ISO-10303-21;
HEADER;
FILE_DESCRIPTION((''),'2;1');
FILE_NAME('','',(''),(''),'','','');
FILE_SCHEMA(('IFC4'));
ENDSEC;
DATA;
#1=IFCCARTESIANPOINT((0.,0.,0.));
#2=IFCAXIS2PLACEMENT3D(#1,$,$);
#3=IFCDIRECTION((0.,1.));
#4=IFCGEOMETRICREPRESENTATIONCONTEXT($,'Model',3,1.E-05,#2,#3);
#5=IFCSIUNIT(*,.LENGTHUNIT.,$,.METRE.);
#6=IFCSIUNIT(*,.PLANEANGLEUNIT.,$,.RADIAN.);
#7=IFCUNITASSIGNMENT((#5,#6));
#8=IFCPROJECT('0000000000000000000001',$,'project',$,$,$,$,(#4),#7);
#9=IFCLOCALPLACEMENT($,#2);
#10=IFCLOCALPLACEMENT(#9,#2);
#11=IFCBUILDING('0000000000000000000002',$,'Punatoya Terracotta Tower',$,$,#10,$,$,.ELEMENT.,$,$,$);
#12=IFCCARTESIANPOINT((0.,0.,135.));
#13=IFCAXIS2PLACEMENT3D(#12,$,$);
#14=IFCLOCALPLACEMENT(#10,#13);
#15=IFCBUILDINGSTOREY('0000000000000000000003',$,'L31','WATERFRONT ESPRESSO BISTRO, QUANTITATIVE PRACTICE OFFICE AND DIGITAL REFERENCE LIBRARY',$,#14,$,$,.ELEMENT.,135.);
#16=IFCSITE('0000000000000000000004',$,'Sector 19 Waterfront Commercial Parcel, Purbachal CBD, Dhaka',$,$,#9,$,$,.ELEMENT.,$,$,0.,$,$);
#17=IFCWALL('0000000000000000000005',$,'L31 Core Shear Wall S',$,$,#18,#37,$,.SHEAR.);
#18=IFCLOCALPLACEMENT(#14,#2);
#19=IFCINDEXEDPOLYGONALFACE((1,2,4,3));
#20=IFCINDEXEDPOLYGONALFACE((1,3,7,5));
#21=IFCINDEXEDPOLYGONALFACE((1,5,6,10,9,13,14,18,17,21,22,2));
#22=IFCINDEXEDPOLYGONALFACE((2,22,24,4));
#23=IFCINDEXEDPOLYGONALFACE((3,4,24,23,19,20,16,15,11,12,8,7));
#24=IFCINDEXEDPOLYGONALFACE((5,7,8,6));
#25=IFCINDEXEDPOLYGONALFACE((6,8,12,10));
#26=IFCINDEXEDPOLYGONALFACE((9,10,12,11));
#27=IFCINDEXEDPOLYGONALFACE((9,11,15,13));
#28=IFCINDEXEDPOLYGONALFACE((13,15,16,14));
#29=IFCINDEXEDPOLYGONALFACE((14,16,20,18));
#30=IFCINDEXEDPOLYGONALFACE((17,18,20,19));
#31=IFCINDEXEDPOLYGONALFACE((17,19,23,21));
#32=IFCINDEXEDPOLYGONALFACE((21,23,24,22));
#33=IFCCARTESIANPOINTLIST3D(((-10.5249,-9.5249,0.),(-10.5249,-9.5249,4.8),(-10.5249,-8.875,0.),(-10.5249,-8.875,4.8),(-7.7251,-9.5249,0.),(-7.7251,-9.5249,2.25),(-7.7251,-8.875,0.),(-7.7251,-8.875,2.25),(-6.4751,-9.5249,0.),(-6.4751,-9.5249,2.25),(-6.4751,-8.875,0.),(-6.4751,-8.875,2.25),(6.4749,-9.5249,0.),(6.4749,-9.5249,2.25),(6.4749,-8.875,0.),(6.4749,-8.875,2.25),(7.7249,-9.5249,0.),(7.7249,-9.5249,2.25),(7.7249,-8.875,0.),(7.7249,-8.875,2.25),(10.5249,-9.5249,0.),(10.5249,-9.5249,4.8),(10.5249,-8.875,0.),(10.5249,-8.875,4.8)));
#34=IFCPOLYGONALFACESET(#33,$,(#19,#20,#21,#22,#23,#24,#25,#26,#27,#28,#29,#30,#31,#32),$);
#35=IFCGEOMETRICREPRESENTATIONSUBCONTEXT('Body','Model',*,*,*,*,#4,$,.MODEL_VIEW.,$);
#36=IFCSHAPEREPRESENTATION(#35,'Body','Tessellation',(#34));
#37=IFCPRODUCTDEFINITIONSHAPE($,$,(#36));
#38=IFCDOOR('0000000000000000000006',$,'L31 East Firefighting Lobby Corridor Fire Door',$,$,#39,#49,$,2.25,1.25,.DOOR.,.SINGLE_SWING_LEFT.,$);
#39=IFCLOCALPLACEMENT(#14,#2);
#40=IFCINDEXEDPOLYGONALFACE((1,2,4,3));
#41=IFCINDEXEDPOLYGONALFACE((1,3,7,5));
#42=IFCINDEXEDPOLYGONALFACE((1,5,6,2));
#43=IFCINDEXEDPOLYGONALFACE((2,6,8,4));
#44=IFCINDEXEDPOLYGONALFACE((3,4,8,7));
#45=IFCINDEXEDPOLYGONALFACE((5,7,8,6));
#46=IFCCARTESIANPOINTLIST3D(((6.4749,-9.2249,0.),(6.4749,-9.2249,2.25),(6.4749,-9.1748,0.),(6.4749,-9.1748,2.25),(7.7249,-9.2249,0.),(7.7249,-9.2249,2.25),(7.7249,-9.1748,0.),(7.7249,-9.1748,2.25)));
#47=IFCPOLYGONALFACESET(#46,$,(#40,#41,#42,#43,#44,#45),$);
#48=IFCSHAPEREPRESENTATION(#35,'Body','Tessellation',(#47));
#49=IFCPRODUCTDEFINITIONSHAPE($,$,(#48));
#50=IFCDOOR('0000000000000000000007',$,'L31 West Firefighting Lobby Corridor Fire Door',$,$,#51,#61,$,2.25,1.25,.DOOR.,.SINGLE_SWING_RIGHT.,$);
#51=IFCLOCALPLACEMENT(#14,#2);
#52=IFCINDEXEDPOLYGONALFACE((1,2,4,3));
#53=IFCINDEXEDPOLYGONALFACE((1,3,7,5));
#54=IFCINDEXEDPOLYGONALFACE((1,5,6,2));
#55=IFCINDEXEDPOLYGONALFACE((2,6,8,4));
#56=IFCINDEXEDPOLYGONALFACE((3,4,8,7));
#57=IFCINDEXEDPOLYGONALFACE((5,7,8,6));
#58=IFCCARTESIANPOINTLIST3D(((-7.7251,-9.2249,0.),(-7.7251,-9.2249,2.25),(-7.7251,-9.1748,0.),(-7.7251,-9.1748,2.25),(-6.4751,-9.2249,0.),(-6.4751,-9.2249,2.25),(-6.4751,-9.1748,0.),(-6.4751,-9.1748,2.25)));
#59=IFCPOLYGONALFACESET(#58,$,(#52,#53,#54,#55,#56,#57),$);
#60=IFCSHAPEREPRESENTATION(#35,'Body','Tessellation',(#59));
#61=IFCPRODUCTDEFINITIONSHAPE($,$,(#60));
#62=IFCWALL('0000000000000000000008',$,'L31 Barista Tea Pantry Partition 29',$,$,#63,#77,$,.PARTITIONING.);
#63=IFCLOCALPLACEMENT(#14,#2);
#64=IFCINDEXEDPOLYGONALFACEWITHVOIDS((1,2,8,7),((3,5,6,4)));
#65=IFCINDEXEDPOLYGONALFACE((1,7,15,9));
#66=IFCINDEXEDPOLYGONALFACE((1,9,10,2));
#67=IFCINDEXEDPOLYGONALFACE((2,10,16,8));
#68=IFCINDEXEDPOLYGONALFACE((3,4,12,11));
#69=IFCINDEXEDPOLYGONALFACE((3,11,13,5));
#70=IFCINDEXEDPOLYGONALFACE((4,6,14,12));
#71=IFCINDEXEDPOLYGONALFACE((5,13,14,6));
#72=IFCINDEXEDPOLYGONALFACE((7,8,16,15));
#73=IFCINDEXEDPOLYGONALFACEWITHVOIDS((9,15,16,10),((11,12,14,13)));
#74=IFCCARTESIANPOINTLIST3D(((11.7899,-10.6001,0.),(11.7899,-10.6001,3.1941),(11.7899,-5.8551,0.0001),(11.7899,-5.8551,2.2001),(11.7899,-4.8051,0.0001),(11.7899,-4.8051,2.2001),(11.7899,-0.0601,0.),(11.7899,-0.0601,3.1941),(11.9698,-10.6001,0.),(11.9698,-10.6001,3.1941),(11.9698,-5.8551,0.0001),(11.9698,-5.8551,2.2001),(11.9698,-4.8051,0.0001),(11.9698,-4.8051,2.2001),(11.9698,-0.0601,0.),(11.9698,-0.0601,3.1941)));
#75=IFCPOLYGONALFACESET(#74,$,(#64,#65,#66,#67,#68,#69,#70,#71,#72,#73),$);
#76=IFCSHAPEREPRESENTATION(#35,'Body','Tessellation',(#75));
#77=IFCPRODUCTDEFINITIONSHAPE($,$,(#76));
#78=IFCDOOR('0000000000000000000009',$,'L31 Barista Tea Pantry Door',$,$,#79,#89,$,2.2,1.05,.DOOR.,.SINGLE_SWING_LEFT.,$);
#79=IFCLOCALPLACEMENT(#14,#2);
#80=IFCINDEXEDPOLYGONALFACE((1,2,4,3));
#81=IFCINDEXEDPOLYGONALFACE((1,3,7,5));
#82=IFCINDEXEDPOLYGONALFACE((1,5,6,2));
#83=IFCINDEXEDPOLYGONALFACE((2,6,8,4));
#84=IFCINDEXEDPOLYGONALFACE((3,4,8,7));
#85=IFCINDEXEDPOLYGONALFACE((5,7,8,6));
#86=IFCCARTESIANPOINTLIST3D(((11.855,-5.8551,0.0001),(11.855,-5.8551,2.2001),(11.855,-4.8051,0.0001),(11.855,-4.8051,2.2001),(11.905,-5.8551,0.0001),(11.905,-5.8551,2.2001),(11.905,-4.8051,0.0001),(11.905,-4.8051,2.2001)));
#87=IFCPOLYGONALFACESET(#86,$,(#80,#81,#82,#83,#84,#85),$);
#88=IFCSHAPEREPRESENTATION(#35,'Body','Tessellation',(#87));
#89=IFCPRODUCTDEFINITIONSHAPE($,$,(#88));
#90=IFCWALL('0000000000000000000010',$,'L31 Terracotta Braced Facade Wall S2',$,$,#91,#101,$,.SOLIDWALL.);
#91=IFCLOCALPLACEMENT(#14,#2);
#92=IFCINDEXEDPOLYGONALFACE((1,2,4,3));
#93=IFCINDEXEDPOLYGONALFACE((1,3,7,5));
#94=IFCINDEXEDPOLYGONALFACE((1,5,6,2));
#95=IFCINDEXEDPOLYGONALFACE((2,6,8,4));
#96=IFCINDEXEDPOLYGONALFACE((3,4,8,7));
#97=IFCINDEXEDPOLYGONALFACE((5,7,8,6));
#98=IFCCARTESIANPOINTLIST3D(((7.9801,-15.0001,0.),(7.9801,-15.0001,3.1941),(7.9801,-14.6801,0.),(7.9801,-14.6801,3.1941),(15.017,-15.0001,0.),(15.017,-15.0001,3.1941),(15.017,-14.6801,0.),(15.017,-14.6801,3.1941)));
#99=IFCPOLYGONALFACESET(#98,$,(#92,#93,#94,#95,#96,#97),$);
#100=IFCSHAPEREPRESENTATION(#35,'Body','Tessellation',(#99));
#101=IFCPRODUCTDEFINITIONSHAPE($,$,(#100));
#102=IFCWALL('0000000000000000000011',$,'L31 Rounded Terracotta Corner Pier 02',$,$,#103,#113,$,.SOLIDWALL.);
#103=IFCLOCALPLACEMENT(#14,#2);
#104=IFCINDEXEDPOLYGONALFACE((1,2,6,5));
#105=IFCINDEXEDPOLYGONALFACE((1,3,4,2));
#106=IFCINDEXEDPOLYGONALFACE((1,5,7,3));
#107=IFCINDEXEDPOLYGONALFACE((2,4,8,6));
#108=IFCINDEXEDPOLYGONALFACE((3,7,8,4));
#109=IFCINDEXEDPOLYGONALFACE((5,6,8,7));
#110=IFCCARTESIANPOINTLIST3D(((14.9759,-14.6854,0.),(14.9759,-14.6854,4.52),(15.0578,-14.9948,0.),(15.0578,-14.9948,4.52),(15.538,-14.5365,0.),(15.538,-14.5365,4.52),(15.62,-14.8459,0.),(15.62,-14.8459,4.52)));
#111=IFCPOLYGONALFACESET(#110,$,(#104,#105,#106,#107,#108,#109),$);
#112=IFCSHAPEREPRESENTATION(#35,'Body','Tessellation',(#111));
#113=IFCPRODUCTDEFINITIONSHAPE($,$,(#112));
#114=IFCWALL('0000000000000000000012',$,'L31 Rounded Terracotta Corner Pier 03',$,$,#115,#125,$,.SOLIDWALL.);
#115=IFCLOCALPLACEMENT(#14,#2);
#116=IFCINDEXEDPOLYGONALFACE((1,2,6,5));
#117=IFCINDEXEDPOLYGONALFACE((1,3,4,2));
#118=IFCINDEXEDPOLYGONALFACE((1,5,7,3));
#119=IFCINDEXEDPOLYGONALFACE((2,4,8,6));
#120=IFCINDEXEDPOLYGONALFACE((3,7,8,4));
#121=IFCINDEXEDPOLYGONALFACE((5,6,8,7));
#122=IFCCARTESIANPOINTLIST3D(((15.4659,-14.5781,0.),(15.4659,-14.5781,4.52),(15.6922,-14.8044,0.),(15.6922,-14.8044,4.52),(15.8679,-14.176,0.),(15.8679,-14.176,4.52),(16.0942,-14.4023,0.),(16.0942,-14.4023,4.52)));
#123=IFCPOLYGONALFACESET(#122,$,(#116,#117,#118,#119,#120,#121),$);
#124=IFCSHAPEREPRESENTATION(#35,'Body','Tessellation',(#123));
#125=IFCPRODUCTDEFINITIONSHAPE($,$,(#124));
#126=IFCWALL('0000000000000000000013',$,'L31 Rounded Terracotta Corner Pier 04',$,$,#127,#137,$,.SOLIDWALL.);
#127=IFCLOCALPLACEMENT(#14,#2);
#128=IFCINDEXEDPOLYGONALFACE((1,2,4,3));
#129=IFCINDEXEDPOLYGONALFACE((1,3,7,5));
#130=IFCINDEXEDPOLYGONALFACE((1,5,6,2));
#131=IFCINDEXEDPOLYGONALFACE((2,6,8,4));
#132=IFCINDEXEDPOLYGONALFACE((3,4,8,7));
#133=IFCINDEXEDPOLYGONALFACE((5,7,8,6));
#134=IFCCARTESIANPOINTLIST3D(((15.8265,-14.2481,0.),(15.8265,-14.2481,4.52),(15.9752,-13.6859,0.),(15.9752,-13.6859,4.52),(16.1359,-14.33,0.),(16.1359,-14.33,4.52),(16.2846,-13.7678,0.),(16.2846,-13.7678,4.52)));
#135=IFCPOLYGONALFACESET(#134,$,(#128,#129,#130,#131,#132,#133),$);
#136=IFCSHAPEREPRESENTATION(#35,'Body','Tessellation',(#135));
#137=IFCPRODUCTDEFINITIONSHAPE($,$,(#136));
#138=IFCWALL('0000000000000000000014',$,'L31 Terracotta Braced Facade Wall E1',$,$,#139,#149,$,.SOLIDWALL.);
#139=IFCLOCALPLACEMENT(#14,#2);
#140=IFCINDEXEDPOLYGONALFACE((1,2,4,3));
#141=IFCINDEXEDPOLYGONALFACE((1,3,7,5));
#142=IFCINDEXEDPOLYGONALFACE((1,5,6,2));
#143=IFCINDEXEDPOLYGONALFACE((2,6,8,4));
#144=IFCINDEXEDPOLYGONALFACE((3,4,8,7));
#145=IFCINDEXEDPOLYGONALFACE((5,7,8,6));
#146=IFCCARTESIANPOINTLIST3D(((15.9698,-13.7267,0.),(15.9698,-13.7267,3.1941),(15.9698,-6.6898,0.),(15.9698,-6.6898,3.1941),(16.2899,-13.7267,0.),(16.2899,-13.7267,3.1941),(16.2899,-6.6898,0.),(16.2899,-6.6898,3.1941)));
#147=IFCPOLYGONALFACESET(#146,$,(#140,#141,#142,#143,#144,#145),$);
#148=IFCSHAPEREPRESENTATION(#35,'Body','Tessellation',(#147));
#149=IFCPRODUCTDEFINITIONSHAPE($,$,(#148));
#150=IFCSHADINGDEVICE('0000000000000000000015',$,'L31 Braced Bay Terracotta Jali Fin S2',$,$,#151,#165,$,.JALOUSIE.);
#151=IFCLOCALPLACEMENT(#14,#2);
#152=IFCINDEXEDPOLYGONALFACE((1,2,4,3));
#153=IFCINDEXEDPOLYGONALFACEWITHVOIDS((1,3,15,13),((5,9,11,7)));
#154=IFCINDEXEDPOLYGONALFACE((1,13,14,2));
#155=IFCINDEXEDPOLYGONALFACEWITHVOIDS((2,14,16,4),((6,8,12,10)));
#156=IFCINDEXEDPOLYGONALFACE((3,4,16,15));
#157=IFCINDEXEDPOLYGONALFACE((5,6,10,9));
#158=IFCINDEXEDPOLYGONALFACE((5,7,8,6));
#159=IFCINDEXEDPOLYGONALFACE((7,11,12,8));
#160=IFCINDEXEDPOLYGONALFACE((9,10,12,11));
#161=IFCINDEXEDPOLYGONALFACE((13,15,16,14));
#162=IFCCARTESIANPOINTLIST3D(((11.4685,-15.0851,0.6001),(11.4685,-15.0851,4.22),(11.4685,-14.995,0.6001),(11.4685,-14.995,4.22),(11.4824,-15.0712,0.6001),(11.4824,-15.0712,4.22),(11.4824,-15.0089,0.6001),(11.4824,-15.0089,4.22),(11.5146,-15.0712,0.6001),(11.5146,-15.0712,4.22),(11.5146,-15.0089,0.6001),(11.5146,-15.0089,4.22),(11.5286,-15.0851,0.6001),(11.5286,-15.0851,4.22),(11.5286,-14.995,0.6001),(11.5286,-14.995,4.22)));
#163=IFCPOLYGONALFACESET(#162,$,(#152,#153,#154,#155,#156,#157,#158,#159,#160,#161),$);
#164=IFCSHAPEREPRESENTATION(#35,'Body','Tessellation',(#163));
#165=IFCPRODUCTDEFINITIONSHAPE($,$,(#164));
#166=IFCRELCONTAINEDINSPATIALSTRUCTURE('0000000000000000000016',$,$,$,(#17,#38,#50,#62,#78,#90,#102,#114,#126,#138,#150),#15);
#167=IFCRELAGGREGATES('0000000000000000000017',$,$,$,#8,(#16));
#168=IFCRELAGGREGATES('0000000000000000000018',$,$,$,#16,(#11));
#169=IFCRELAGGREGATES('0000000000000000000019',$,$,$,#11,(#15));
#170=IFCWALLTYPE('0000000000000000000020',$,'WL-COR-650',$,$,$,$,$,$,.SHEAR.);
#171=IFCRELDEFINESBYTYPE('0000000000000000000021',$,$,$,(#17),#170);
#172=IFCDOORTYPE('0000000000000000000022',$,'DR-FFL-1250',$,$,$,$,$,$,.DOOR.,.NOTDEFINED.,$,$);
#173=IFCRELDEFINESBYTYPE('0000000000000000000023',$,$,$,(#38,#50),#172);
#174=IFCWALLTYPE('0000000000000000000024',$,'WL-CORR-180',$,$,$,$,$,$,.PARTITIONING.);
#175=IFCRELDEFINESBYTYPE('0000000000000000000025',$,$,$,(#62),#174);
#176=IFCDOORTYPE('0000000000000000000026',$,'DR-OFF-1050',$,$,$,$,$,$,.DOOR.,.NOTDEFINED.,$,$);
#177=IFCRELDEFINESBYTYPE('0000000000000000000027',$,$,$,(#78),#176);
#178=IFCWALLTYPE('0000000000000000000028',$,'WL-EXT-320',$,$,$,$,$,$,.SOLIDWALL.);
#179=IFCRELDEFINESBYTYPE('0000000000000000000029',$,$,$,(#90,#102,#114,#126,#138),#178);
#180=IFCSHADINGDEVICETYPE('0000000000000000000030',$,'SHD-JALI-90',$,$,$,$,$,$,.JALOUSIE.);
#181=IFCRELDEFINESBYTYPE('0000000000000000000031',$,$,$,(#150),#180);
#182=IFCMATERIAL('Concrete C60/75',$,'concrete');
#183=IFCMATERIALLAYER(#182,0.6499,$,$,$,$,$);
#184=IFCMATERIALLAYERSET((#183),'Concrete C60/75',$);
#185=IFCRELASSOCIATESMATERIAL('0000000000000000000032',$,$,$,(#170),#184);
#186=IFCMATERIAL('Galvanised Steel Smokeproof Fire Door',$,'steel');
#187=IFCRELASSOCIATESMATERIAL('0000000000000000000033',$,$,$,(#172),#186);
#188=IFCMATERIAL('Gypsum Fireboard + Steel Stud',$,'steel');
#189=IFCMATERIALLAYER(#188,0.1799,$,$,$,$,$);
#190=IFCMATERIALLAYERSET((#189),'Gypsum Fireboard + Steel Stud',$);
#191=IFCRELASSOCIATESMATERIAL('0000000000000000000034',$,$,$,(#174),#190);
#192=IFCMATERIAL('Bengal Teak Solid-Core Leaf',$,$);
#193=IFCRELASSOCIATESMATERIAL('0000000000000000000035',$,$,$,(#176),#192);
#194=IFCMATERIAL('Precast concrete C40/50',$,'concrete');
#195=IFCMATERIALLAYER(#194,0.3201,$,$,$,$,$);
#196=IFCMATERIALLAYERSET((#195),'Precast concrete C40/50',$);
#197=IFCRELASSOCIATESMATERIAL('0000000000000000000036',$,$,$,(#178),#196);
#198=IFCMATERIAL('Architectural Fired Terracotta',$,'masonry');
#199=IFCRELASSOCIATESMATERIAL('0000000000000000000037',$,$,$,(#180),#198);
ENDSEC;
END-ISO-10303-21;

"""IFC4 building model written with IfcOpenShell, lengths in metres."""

from ifc_helpers import new_model, si_unit, direction, frame, frame_2d, origin, origin_2d, place, context, subcontext, project, spatial, rectangle, hollow_rectangle, extrude, material, layer, layer_set, material_profile, profile_set, type_object, element, fill, save


model = new_model("IFC4")

# Units and contexts
model_context = context("Model", 3, precision=1e-05, world=origin(), true_north=direction((0.0, 1.0)))
body_context = subcontext(model_context, "Body", "Model", "MODEL_VIEW")
ifc_project = project(units=[si_unit("LENGTHUNIT", "METRE"), si_unit("PLANEANGLEUNIT", "RADIAN")], contexts=[model_context])

# Site, building, storey
site_placement = place(None, origin())
site = spatial("IfcSite", under=ifc_project, at=site_placement, Name="Sector 19 Waterfront Commercial Parcel, Purbachal CBD, Dhaka", CompositionType="ELEMENT", RefElevation=0.0)
building_placement = place(site_placement, origin())
building = spatial("IfcBuilding", under=site, at=building_placement, Name="Punatoya Terracotta Tower", CompositionType="ELEMENT")
storey_placement = place(building_placement, frame((0.0, 0.0, 135.0)))
storey = spatial("IfcBuildingStorey", under=building, at=storey_placement, Name="L31", Description="WATERFRONT ESPRESSO BISTRO, QUANTITATIVE PRACTICE OFFICE AND DIGITAL REFERENCE LIBRARY", CompositionType="ELEMENT", Elevation=135.0)

# Wall, openings, doors
ifc_material_1 = material(Name="Concrete C60/75", Category="concrete")
ifc_layer_1 = layer(ifc_material_1, 0.6499)
ifc_layer_set_1 = layer_set([ifc_layer_1], Name="Concrete C60/75")
wall_type_1 = type_object("IfcWallType", Name="WL-COR-650", PredefinedType="SHEAR", material=ifc_layer_set_1)
wall_1_placement = place(storey_placement, frame((10.5249, -9.2, 0.0), z_axis=(0.0, 0.0, 1.0), x_axis=(-1.0, 0.0, 0.0)))
wall_1 = element("IfcWall", 1, at=wall_1_placement, inside=storey, type_object=wall_type_1, Name="L31 Core Shear Wall S", PredefinedType="SHEAR", context=body_context, shape_type="SweptSolid", body=[
    extrude(rectangle(XDim=21.0498, YDim=0.6499, at=frame_2d((10.5249, 0.0))), origin(), (0.0, 0.0, 1.0), 4.8),
])
opening_1_placement = place(wall_1_placement, frame((2.8, 0.0, 0.0)))
opening_1 = element("IfcOpeningElement", 2, at=opening_1_placement, cuts=wall_1, PredefinedType="OPENING", context=body_context, shape_type="SweptSolid", body=[
    extrude(rectangle(XDim=1.25, YDim=2.25, at=frame_2d((0.625, 1.125))), frame((0.0, 0.335, 0.0), z_axis=(0.0, -1.0, 0.0), x_axis=(1.0, 0.0, 0.0)), (0.0, 0.0, 1.0), 0.6699),
])
opening_2_placement = place(wall_1_placement, frame((17.0, 0.0, 0.0)))
opening_2 = element("IfcOpeningElement", 3, at=opening_2_placement, cuts=wall_1, PredefinedType="OPENING", context=body_context, shape_type="SweptSolid", body=[
    extrude(rectangle(XDim=1.25, YDim=2.25, at=frame_2d((0.625, 1.125))), frame((0.0, 0.335, 0.0), z_axis=(0.0, -1.0, 0.0), x_axis=(1.0, 0.0, 0.0)), (0.0, 0.0, 1.0), 0.6699),
])
ifc_material_2 = material(Name="Galvanised Steel Smokeproof Fire Door", Category="steel")
door_type_1 = type_object("IfcDoorType", Name="DR-FFL-1250", OperationType="NOTDEFINED", PredefinedType="DOOR", material=ifc_material_2)
door_1_placement = place(opening_1_placement, origin())
door_1 = element("IfcDoor", 4, at=door_1_placement, inside=storey, type_object=door_type_1, Name="L31 East Firefighting Lobby Corridor Fire Door", OperationType="SINGLE_SWING_LEFT", OverallHeight=2.25, OverallWidth=1.25, PredefinedType="DOOR", context=body_context, shape_type="SweptSolid", body=[
    extrude(rectangle(XDim=1.25, YDim=2.25, at=frame_2d((0.625, 1.125))), frame((0.0, 0.0249, 0.0), z_axis=(0.0, -1.0, 0.0), x_axis=(1.0, 0.0, 0.0)), (0.0, 0.0, 1.0), 0.05),
])
fill(opening_1, door_1)
door_2_placement = place(opening_2_placement, origin())
door_2 = element("IfcDoor", 5, at=door_2_placement, inside=storey, type_object=door_type_1, Name="L31 West Firefighting Lobby Corridor Fire Door", OperationType="SINGLE_SWING_RIGHT", OverallHeight=2.25, OverallWidth=1.25, PredefinedType="DOOR", context=body_context, shape_type="SweptSolid", body=[
    extrude(rectangle(XDim=1.25, YDim=2.25, at=frame_2d((0.625, 1.125))), frame((0.0, 0.0249, 0.0), z_axis=(0.0, -1.0, 0.0), x_axis=(1.0, 0.0, 0.0)), (0.0, 0.0, 1.0), 0.05),
])
fill(opening_2, door_2)

# Wall, opening, door
ifc_material_3 = material(Name="Gypsum Fireboard + Steel Stud", Category="steel")
ifc_layer_2 = layer(ifc_material_3, 0.1799)
ifc_layer_set_2 = layer_set([ifc_layer_2], Name="Gypsum Fireboard + Steel Stud")
wall_type_2 = type_object("IfcWallType", Name="WL-CORR-180", PredefinedType="PARTITIONING", material=ifc_layer_set_2)
wall_2_placement = place(storey_placement, frame((11.8799, -10.6001, 0.0), z_axis=(0.0, 0.0, 1.0), x_axis=(0.0, 1.0, 0.0)))
wall_2 = element("IfcWall", 6, at=wall_2_placement, inside=storey, type_object=wall_type_2, Name="L31 Barista Tea Pantry Partition 29", PredefinedType="PARTITIONING", context=body_context, shape_type="SweptSolid", body=[
    extrude(rectangle(XDim=10.54, YDim=0.1799, at=frame_2d((5.27, 0.0))), origin(), (0.0, 0.0, 1.0), 3.1941),
])
opening_3_placement = place(wall_2_placement, frame((4.7451, 0.0, 0.0)))
opening_3 = element("IfcOpeningElement", 7, at=opening_3_placement, cuts=wall_2, PredefinedType="OPENING", context=body_context, shape_type="SweptSolid", body=[
    extrude(rectangle(XDim=1.05, YDim=2.2, at=frame_2d((0.5249, 1.1001))), frame((0.0, 0.0999, 0.0), z_axis=(0.0, -1.0, 0.0), x_axis=(1.0, 0.0, 0.0)), (0.0, 0.0, 1.0), 0.2),
])
ifc_material_4 = material(Name="Bengal Teak Solid-Core Leaf")
door_type_2 = type_object("IfcDoorType", Name="DR-OFF-1050", OperationType="NOTDEFINED", PredefinedType="DOOR", material=ifc_material_4)
door_3_placement = place(opening_3_placement, origin())
door_3 = element("IfcDoor", 8, at=door_3_placement, inside=storey, type_object=door_type_2, Name="L31 Barista Tea Pantry Door", OperationType="SINGLE_SWING_LEFT", OverallHeight=2.2, OverallWidth=1.05, PredefinedType="DOOR", context=body_context, shape_type="SweptSolid", body=[
    extrude(rectangle(XDim=1.05, YDim=2.2, at=frame_2d((0.5249, 1.1001))), frame((0.0, 0.0249, 0.0), z_axis=(0.0, -1.0, 0.0), x_axis=(1.0, 0.0, 0.0)), (0.0, 0.0, 1.0), 0.05),
])
fill(opening_3, door_3)

# Walls
ifc_material_5 = material(Name="Precast concrete C40/50", Category="concrete")
ifc_layer_3 = layer(ifc_material_5, 0.3201)
ifc_layer_set_3 = layer_set([ifc_layer_3], Name="Precast concrete C40/50")
wall_type_3 = type_object("IfcWallType", Name="WL-EXT-320", PredefinedType="SOLIDWALL", material=ifc_layer_set_3)
wall_3_placement = place(storey_placement, frame((7.98, -14.8401, 0.0), z_axis=(0.0, 0.0, 1.0), x_axis=(1.0, 0.0, 0.0)))
element("IfcWall", 9, at=wall_3_placement, inside=storey, type_object=wall_type_3, Name="L31 Terracotta Braced Facade Wall S2", PredefinedType="SOLIDWALL", context=body_context, shape_type="SweptSolid", body=[
    extrude(rectangle(XDim=7.0369, YDim=0.3201, at=frame_2d((3.5186, 0.0))), origin(), (0.0, 0.0, 1.0), 3.1941),
])
wall_4_placement = place(storey_placement, frame((15.0168, -14.8401, 0.0), z_axis=(0.0, 0.0, 1.0), x_axis=(0.966666, 0.256043, 0.0)))
element("IfcWall", 10, at=wall_4_placement, inside=storey, type_object=wall_type_3, Name="L31 Rounded Terracotta Corner Pier 02", PredefinedType="SOLIDWALL", context=body_context, shape_type="SweptSolid", body=[
    extrude(rectangle(XDim=0.5815, YDim=0.3201, at=frame_2d((0.2908, 0.0))), origin(), (0.0, 0.0, 1.0), 4.52),
])
wall_5_placement = place(storey_placement, frame((15.5791, -14.6912, 0.0), z_axis=(0.0, 0.0, 1.0), x_axis=(0.707107, 0.707107, 0.0)))
element("IfcWall", 11, at=wall_5_placement, inside=storey, type_object=wall_type_3, Name="L31 Rounded Terracotta Corner Pier 03", PredefinedType="SOLIDWALL", context=body_context, shape_type="SweptSolid", body=[
    extrude(rectangle(XDim=0.5686, YDim=0.3201, at=frame_2d((0.2842, 0.0))), origin(), (0.0, 0.0, 1.0), 4.52),
])
wall_6_placement = place(storey_placement, frame((15.9812, -14.2891, 0.0), z_axis=(0.0, 0.0, 1.0), x_axis=(0.25565, 0.966769, 0.0)))
element("IfcWall", 12, at=wall_6_placement, inside=storey, type_object=wall_type_3, Name="L31 Rounded Terracotta Corner Pier 04", PredefinedType="SOLIDWALL", context=body_context, shape_type="SweptSolid", body=[
    extrude(rectangle(XDim=0.5815, YDim=0.3201, at=frame_2d((0.2908, 0.0))), origin(), (0.0, 0.0, 1.0), 4.52),
])
wall_7_placement = place(storey_placement, frame((16.1299, -13.7268, 0.0), z_axis=(0.0, 0.0, 1.0), x_axis=(0.0, 1.0, 0.0)))
element("IfcWall", 13, at=wall_7_placement, inside=storey, type_object=wall_type_3, Name="L31 Terracotta Braced Facade Wall E1", PredefinedType="SOLIDWALL", context=body_context, shape_type="SweptSolid", body=[
    extrude(rectangle(XDim=7.0369, YDim=0.3201, at=frame_2d((3.5186, 0.0))), origin(), (0.0, 0.0, 1.0), 3.1941),
])

# Shading device
ifc_material_6 = material(Name="Architectural Fired Terracotta", Category="masonry")
ifc_material_profile_1 = material_profile(ifc_material_6, hollow_rectangle(XDim=0.0601, YDim=0.0901, WallThickness=0.0139, at=origin_2d()))
ifc_profile_set_1 = profile_set([ifc_material_profile_1], Name="Architectural Fired Terracotta")
shading_device_type = type_object("IfcShadingDeviceType", Name="SHD-JALI-90", PredefinedType="JALOUSIE", material=ifc_profile_set_1)
for number, where, z_axis, x_axis, name in (
    (14, (11.4985, -15.04, 0.6001), (0.0, 0.0, 1.0), (1.0, 0.0, 0.0), "L31 Braced Bay Terracotta Jali Fin S2"),
):
    element("IfcShadingDevice", number, at=place(storey_placement, frame(where, z_axis=z_axis, x_axis=x_axis)), inside=storey, type_object=shading_device_type, Name=name, PredefinedType="JALOUSIE", context=body_context, shape_type="SweptSolid", body=[
        extrude(hollow_rectangle(XDim=0.0601, YDim=0.0901, WallThickness=0.0139, at=origin_2d()), origin(), (0.0, 0.0, 1.0), 3.6199),
    ])

save(model, "model.ifc")
